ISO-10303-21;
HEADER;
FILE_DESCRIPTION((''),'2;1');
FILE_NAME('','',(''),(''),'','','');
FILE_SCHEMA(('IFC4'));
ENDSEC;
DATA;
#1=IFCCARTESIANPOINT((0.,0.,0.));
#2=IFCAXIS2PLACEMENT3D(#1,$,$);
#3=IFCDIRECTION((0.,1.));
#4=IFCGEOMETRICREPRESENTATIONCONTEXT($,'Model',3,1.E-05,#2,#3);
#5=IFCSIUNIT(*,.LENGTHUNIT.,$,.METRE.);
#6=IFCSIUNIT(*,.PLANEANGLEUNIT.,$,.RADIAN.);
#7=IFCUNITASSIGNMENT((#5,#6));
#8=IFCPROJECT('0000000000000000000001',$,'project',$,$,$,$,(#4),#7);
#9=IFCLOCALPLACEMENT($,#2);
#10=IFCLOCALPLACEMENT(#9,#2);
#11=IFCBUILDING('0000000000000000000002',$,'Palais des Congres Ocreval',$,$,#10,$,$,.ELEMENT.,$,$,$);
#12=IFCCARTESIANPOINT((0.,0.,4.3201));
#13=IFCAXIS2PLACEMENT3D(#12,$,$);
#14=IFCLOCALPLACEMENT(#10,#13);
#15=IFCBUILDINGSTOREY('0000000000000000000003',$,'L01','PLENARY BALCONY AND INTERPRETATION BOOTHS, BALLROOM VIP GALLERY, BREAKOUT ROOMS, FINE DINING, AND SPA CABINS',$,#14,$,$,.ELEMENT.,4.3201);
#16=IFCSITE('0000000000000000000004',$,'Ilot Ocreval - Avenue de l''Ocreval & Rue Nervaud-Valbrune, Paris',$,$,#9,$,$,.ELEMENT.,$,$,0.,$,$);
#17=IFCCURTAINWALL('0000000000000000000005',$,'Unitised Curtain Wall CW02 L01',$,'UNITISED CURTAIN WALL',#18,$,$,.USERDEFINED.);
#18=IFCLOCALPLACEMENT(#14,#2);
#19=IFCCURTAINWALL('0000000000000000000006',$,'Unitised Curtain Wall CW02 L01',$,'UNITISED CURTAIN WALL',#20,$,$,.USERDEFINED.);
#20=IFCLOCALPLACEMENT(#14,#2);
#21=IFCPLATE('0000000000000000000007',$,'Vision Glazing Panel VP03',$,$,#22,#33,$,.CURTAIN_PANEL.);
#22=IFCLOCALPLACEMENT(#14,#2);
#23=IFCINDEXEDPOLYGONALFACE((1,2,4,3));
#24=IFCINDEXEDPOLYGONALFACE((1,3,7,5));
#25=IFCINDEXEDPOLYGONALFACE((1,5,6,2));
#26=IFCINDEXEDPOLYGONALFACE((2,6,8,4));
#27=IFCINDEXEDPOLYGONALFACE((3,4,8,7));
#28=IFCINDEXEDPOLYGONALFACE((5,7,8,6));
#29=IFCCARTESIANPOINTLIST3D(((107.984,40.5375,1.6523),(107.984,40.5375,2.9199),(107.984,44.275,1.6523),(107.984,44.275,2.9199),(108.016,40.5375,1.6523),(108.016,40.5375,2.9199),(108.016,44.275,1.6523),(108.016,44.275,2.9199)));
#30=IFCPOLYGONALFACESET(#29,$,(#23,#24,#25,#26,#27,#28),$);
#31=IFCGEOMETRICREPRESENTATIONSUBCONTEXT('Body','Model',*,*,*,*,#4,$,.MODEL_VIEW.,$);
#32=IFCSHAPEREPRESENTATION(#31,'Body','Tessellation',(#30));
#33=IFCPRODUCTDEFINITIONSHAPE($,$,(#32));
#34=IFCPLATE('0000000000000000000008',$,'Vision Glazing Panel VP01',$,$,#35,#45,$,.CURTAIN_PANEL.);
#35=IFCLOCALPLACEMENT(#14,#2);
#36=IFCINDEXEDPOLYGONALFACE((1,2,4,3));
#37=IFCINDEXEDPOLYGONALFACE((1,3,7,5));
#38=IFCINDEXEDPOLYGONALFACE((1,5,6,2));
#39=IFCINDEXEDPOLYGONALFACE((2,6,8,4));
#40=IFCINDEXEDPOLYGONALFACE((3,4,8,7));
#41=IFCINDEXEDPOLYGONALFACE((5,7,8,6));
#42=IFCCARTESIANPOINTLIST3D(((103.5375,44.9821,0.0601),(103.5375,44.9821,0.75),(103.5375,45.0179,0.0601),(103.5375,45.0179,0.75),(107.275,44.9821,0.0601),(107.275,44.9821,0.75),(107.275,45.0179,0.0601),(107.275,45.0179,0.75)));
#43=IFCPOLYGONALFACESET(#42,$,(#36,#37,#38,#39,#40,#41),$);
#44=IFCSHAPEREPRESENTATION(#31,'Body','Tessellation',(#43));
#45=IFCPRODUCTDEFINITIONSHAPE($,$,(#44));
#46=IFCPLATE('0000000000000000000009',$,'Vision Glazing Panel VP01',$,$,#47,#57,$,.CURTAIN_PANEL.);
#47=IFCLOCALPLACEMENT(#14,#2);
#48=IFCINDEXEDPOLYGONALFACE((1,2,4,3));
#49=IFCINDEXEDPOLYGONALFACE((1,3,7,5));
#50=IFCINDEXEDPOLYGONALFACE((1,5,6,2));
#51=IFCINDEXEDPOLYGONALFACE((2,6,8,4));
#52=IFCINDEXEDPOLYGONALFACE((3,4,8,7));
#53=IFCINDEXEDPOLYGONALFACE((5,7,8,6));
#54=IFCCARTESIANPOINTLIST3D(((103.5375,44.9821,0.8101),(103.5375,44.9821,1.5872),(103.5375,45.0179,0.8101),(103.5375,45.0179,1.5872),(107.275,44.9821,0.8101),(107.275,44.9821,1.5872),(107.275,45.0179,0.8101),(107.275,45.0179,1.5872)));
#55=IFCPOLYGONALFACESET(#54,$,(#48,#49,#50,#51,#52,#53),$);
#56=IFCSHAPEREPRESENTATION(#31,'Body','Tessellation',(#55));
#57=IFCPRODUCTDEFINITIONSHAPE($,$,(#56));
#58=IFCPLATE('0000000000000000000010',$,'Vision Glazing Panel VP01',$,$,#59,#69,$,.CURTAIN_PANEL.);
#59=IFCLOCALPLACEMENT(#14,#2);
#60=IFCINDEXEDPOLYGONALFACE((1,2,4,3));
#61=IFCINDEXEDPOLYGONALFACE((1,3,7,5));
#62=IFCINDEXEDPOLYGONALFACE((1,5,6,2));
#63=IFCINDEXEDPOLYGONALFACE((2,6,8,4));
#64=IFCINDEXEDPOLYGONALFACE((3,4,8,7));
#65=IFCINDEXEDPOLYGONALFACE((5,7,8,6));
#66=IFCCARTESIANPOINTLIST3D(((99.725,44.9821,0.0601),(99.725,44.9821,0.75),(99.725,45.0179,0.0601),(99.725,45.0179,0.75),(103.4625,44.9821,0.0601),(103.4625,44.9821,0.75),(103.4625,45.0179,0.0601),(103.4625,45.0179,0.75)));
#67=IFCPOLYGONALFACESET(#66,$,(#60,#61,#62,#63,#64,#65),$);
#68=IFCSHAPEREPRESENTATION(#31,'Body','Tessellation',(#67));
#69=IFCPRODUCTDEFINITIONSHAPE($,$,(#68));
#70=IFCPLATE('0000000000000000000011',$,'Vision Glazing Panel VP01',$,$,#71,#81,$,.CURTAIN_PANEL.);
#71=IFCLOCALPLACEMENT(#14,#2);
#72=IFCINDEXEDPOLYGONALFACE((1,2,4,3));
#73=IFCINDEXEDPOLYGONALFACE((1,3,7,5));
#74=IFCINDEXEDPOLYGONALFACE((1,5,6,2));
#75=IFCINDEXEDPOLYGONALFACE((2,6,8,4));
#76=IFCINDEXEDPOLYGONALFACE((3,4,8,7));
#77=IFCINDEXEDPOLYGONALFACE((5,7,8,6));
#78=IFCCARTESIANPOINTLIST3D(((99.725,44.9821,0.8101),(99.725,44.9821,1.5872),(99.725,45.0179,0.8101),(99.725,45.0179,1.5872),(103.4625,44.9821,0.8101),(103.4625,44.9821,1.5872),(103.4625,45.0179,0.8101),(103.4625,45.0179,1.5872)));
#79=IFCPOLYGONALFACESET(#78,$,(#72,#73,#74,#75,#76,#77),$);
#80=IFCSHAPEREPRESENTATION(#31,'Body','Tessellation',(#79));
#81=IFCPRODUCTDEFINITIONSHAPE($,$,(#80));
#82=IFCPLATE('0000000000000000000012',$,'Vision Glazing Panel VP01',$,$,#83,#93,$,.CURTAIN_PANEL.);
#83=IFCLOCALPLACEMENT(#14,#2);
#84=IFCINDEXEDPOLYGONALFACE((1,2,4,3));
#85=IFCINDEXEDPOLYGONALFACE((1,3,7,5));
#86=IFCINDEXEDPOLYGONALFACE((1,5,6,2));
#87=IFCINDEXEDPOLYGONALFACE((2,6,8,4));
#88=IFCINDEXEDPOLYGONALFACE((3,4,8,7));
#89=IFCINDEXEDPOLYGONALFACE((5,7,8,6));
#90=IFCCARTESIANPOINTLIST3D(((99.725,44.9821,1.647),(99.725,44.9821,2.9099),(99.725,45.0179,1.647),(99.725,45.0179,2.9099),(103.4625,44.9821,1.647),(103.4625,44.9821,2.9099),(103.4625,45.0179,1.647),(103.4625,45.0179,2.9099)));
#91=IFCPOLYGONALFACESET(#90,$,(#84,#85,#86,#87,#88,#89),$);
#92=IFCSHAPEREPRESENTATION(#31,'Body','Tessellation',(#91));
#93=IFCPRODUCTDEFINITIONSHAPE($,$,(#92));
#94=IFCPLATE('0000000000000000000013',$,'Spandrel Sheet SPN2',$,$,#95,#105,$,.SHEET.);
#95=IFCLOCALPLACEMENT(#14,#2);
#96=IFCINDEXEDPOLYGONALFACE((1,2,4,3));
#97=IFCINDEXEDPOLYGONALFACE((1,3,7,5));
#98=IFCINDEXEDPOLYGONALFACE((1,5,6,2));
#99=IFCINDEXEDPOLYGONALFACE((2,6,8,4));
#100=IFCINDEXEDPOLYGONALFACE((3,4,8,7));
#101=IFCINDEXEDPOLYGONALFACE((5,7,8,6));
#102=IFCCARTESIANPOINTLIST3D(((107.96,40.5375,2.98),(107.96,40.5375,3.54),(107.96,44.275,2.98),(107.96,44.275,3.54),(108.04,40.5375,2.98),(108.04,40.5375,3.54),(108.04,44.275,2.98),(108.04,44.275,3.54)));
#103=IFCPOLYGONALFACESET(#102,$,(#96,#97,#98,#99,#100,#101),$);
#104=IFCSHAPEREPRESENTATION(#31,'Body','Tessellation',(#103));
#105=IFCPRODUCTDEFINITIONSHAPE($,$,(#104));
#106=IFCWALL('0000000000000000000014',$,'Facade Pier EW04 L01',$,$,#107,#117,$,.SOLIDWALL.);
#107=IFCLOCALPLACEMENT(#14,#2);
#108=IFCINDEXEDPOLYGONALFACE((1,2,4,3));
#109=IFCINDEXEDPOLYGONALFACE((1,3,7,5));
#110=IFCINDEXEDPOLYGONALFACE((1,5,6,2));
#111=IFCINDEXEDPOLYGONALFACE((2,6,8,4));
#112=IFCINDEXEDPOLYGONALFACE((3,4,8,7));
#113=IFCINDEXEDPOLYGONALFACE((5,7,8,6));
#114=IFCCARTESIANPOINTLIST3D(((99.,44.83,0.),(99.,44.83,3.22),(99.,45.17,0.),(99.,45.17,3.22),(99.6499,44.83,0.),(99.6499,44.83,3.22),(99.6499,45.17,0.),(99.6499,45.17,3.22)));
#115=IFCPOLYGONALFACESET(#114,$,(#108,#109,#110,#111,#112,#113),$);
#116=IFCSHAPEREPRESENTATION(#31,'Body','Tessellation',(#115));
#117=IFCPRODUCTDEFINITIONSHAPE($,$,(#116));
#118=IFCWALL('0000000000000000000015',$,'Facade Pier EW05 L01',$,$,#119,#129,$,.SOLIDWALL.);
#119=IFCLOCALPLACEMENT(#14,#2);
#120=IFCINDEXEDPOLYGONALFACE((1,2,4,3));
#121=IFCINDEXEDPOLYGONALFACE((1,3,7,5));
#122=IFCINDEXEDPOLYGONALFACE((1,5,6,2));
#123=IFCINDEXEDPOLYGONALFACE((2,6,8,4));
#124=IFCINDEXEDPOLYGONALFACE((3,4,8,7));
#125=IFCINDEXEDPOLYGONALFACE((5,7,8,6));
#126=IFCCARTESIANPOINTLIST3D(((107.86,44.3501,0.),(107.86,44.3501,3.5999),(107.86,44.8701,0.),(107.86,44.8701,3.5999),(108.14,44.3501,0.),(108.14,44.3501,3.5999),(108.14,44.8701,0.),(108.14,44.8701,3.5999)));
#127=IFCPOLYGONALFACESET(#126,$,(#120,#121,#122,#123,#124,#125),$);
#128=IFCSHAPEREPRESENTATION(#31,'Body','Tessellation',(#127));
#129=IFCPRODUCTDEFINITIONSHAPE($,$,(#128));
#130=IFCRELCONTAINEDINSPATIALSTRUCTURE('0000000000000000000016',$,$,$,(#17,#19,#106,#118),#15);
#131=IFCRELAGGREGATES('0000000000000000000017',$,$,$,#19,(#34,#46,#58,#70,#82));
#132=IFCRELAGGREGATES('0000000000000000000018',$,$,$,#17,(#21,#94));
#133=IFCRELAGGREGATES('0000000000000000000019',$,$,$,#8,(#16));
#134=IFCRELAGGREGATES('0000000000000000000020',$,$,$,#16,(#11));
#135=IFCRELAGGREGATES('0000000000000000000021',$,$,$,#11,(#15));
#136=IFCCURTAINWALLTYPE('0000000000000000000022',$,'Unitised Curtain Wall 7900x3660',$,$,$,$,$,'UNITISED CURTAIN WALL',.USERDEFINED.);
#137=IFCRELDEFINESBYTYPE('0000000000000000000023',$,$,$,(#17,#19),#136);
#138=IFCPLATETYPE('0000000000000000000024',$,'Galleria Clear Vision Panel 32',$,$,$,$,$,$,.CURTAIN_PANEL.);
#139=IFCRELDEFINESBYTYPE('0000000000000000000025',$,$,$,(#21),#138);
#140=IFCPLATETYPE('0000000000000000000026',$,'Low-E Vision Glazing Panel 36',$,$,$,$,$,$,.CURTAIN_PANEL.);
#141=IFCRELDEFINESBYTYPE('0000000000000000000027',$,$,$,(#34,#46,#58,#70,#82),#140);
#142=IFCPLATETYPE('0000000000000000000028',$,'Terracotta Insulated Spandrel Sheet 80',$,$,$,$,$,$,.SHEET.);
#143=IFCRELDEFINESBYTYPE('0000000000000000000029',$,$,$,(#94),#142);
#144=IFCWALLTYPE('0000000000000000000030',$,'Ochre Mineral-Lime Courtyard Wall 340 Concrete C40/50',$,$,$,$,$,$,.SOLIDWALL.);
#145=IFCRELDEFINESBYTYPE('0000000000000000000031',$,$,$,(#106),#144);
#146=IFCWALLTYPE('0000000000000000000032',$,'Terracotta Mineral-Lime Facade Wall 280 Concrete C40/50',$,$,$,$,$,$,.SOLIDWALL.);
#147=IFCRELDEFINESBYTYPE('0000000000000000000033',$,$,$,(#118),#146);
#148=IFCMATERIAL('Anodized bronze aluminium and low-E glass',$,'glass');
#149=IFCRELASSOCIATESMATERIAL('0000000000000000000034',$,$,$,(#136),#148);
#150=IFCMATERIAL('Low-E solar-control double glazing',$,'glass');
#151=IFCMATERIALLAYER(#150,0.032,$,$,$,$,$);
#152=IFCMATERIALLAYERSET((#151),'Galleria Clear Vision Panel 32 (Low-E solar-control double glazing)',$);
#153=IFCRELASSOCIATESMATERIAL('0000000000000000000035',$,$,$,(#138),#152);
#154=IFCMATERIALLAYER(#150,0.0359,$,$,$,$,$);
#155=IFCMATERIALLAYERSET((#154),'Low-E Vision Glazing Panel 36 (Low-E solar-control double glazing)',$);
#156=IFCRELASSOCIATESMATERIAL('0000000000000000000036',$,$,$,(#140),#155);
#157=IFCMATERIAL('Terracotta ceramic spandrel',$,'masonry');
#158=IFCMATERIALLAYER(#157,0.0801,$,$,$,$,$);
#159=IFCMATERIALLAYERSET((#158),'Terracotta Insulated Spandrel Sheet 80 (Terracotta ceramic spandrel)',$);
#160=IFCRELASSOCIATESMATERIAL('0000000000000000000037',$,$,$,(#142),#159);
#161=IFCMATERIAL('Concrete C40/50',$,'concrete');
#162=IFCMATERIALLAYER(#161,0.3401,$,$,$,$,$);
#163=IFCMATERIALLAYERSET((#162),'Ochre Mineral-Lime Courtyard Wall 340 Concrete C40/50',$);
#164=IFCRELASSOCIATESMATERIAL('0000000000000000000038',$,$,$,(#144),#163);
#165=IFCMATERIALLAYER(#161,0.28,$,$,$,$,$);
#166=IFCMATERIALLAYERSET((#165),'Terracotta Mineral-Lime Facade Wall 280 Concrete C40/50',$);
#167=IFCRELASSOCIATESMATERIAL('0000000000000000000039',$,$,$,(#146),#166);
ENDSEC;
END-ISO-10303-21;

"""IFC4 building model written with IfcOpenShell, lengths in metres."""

from ifc_helpers import new_model, si_unit, direction, frame, frame_2d, origin, origin_2d, place, context, subcontext, project, spatial, rectangle, extrude, material, layer, layer_set, type_object, element, aggregate, save


model = new_model("IFC4")

# Units and contexts
model_context = context("Model", 3, precision=1e-05, world=origin(), true_north=direction((0.0, 1.0)))
body_context = subcontext(model_context, "Body", "Model", "MODEL_VIEW")
ifc_project = project(units=[si_unit("LENGTHUNIT", "METRE"), si_unit("PLANEANGLEUNIT", "RADIAN")], contexts=[model_context])

# Site, building, storey
site_placement = place(None, origin())
site = spatial("IfcSite", under=ifc_project, at=site_placement, Name="Ilot Ocreval - Avenue de l'Ocreval & Rue Nervaud-Valbrune, Paris", CompositionType="ELEMENT", RefElevation=0.0)
building_placement = place(site_placement, origin())
building = spatial("IfcBuilding", under=site, at=building_placement, Name="Palais des Congres Ocreval", CompositionType="ELEMENT")
storey_placement = place(building_placement, frame((0.0, 0.0, 4.3201)))
storey = spatial("IfcBuildingStorey", under=building, at=storey_placement, Name="L01", Description="PLENARY BALCONY AND INTERPRETATION BOOTHS, BALLROOM VIP GALLERY, BREAKOUT ROOMS, FINE DINING, AND SPA CABINS", CompositionType="ELEMENT", Elevation=4.3201)

# Curtain wall
ifc_material_1 = material(Name="Anodized bronze aluminium and low-E glass", Category="glass")
curtain_wall_type = type_object("IfcCurtainWallType", Name="Unitised Curtain Wall 7900x3660", ElementType="UNITISED CURTAIN WALL", PredefinedType="USERDEFINED", material=ifc_material_1)
curtain_wall_1_placement = place(storey_placement, origin())
curtain_wall_1 = element("IfcCurtainWall", 1, at=curtain_wall_1_placement, inside=storey, type_object=curtain_wall_type, Name="Unitised Curtain Wall CW02 L01", ObjectType="UNITISED CURTAIN WALL", PredefinedType="USERDEFINED")

# Curtain wall
curtain_wall_2_placement = place(storey_placement, origin())
curtain_wall_2 = element("IfcCurtainWall", 2, at=curtain_wall_2_placement, inside=storey, type_object=curtain_wall_type, Name="Unitised Curtain Wall CW02 L01", ObjectType="UNITISED CURTAIN WALL", PredefinedType="USERDEFINED")

# Plates
ifc_material_2 = material(Name="Low-E solar-control double glazing", Category="glass")
ifc_layer_1 = layer(ifc_material_2, 0.032)
ifc_layer_set_1 = layer_set([ifc_layer_1], Name="Galleria Clear Vision Panel 32 (Low-E solar-control double glazing)")
plate_type_1 = type_object("IfcPlateType", Name="Galleria Clear Vision Panel 32", PredefinedType="CURTAIN_PANEL", material=ifc_layer_set_1)
plate_1_placement = place(storey_placement, frame((108.0, 42.4062, 1.6523), z_axis=(0.0, 0.0, 1.0), x_axis=(0.0, 1.0, 0.0)))
plate_1 = element("IfcPlate", 3, at=plate_1_placement, type_object=plate_type_1, Name="Vision Glazing Panel VP03", PredefinedType="CURTAIN_PANEL", context=body_context, shape_type="SweptSolid", body=[
    extrude(rectangle(XDim=3.7375, YDim=0.032, at=origin_2d()), origin(), (0.0, 0.0, 1.0), 1.2676),
])
ifc_layer_2 = layer(ifc_material_2, 0.0359)
ifc_layer_set_2 = layer_set([ifc_layer_2], Name="Low-E Vision Glazing Panel 36 (Low-E solar-control double glazing)")
plate_type_2 = type_object("IfcPlateType", Name="Low-E Vision Glazing Panel 36", PredefinedType="CURTAIN_PANEL", material=ifc_layer_set_2)
plate_2_placement = place(storey_placement, frame((105.4062, 45.0, 0.0601), z_axis=(0.0, 0.0, 1.0), x_axis=(-1.0, 0.0, 0.0)))
plate_2 = element("IfcPlate", 4, at=plate_2_placement, type_object=plate_type_2, Name="Vision Glazing Panel VP01", PredefinedType="CURTAIN_PANEL", context=body_context, shape_type="SweptSolid", body=[
    extrude(rectangle(XDim=3.7375, YDim=0.0359, at=origin_2d()), origin(), (0.0, 0.0, 1.0), 0.6899),
])
plate_3_placement = place(storey_placement, frame((105.4062, 45.0, 0.8101), z_axis=(0.0, 0.0, 1.0), x_axis=(-1.0, 0.0, 0.0)))
plate_3 = element("IfcPlate", 5, at=plate_3_placement, type_object=plate_type_2, Name="Vision Glazing Panel VP01", PredefinedType="CURTAIN_PANEL", context=body_context, shape_type="SweptSolid", body=[
    extrude(rectangle(XDim=3.7375, YDim=0.0359, at=origin_2d()), origin(), (0.0, 0.0, 1.0), 0.7771),
])
plate_4_placement = place(storey_placement, frame((101.5938, 45.0, 0.0601), z_axis=(0.0, 0.0, 1.0), x_axis=(-1.0, 0.0, 0.0)))
plate_4 = element("IfcPlate", 6, at=plate_4_placement, type_object=plate_type_2, Name="Vision Glazing Panel VP01", PredefinedType="CURTAIN_PANEL", context=body_context, shape_type="SweptSolid", body=[
    extrude(rectangle(XDim=3.7375, YDim=0.0359, at=origin_2d()), origin(), (0.0, 0.0, 1.0), 0.6899),
])
plate_5_placement = place(storey_placement, frame((101.5938, 45.0, 0.8101), z_axis=(0.0, 0.0, 1.0), x_axis=(-1.0, 0.0, 0.0)))
plate_5 = element("IfcPlate", 7, at=plate_5_placement, type_object=plate_type_2, Name="Vision Glazing Panel VP01", PredefinedType="CURTAIN_PANEL", context=body_context, shape_type="SweptSolid", body=[
    extrude(rectangle(XDim=3.7375, YDim=0.0359, at=origin_2d()), origin(), (0.0, 0.0, 1.0), 0.7771),
])
plate_6_placement = place(storey_placement, frame((101.5938, 45.0, 1.647), z_axis=(0.0, 0.0, 1.0), x_axis=(-1.0, 0.0, 0.0)))
plate_6 = element("IfcPlate", 8, at=plate_6_placement, type_object=plate_type_2, Name="Vision Glazing Panel VP01", PredefinedType="CURTAIN_PANEL", context=body_context, shape_type="SweptSolid", body=[
    extrude(rectangle(XDim=3.7375, YDim=0.0359, at=origin_2d()), origin(), (0.0, 0.0, 1.0), 1.2629),
])
aggregate(curtain_wall_2, [plate_2, plate_3, plate_4, plate_5, plate_6])
ifc_material_3 = material(Name="Terracotta ceramic spandrel", Category="masonry")
ifc_layer_3 = layer(ifc_material_3, 0.0801)
ifc_layer_set_3 = layer_set([ifc_layer_3], Name="Terracotta Insulated Spandrel Sheet 80 (Terracotta ceramic spandrel)")
plate_type_3 = type_object("IfcPlateType", Name="Terracotta Insulated Spandrel Sheet 80", PredefinedType="SHEET", material=ifc_layer_set_3)
plate_7_placement = place(storey_placement, frame((108.0, 42.4062, 2.98), z_axis=(0.0, 0.0, 1.0), x_axis=(0.0, 1.0, 0.0)))
plate_7 = element("IfcPlate", 9, at=plate_7_placement, type_object=plate_type_3, Name="Spandrel Sheet SPN2", PredefinedType="SHEET", context=body_context, shape_type="SweptSolid", body=[
    extrude(rectangle(XDim=3.7375, YDim=0.0801, at=origin_2d()), origin(), (0.0, 0.0, 1.0), 0.5601),
])
aggregate(curtain_wall_1, [plate_1, plate_7])

# Walls
ifc_material_4 = material(Name="Concrete C40/50", Category="concrete")
ifc_layer_4 = layer(ifc_material_4, 0.3401)
ifc_layer_set_4 = layer_set([ifc_layer_4], Name="Ochre Mineral-Lime Courtyard Wall 340 Concrete C40/50")
wall_type_1 = type_object("IfcWallType", Name="Ochre Mineral-Lime Courtyard Wall 340 Concrete C40/50", PredefinedType="SOLIDWALL", material=ifc_layer_set_4)
wall_1_placement = place(storey_placement, frame((99.6499, 45.0, 0.0), z_axis=(0.0, 0.0, 1.0), x_axis=(-1.0, 0.0, 0.0)))
element("IfcWall", 10, at=wall_1_placement, inside=storey, type_object=wall_type_1, Name="Facade Pier EW04 L01", PredefinedType="SOLIDWALL", context=body_context, shape_type="SweptSolid", body=[
    extrude(rectangle(XDim=0.6499, YDim=0.3401, at=frame_2d((0.325, 0.0))), origin(), (0.0, 0.0, 1.0), 3.22),
])
ifc_layer_5 = layer(ifc_material_4, 0.28)
ifc_layer_set_5 = layer_set([ifc_layer_5], Name="Terracotta Mineral-Lime Facade Wall 280 Concrete C40/50")
wall_type_2 = type_object("IfcWallType", Name="Terracotta Mineral-Lime Facade Wall 280 Concrete C40/50", PredefinedType="SOLIDWALL", material=ifc_layer_set_5)
wall_2_placement = place(storey_placement, frame((108.0, 44.3501, 0.0), z_axis=(0.0, 0.0, 1.0), x_axis=(0.0, 1.0, 0.0)))
element("IfcWall", 11, at=wall_2_placement, inside=storey, type_object=wall_type_2, Name="Facade Pier EW05 L01", PredefinedType="SOLIDWALL", context=body_context, shape_type="SweptSolid", body=[
    extrude(rectangle(XDim=0.52, YDim=0.28, at=frame_2d((0.26, 0.0))), origin(), (0.0, 0.0, 1.0), 3.5999),
])

save(model, "model.ifc")
